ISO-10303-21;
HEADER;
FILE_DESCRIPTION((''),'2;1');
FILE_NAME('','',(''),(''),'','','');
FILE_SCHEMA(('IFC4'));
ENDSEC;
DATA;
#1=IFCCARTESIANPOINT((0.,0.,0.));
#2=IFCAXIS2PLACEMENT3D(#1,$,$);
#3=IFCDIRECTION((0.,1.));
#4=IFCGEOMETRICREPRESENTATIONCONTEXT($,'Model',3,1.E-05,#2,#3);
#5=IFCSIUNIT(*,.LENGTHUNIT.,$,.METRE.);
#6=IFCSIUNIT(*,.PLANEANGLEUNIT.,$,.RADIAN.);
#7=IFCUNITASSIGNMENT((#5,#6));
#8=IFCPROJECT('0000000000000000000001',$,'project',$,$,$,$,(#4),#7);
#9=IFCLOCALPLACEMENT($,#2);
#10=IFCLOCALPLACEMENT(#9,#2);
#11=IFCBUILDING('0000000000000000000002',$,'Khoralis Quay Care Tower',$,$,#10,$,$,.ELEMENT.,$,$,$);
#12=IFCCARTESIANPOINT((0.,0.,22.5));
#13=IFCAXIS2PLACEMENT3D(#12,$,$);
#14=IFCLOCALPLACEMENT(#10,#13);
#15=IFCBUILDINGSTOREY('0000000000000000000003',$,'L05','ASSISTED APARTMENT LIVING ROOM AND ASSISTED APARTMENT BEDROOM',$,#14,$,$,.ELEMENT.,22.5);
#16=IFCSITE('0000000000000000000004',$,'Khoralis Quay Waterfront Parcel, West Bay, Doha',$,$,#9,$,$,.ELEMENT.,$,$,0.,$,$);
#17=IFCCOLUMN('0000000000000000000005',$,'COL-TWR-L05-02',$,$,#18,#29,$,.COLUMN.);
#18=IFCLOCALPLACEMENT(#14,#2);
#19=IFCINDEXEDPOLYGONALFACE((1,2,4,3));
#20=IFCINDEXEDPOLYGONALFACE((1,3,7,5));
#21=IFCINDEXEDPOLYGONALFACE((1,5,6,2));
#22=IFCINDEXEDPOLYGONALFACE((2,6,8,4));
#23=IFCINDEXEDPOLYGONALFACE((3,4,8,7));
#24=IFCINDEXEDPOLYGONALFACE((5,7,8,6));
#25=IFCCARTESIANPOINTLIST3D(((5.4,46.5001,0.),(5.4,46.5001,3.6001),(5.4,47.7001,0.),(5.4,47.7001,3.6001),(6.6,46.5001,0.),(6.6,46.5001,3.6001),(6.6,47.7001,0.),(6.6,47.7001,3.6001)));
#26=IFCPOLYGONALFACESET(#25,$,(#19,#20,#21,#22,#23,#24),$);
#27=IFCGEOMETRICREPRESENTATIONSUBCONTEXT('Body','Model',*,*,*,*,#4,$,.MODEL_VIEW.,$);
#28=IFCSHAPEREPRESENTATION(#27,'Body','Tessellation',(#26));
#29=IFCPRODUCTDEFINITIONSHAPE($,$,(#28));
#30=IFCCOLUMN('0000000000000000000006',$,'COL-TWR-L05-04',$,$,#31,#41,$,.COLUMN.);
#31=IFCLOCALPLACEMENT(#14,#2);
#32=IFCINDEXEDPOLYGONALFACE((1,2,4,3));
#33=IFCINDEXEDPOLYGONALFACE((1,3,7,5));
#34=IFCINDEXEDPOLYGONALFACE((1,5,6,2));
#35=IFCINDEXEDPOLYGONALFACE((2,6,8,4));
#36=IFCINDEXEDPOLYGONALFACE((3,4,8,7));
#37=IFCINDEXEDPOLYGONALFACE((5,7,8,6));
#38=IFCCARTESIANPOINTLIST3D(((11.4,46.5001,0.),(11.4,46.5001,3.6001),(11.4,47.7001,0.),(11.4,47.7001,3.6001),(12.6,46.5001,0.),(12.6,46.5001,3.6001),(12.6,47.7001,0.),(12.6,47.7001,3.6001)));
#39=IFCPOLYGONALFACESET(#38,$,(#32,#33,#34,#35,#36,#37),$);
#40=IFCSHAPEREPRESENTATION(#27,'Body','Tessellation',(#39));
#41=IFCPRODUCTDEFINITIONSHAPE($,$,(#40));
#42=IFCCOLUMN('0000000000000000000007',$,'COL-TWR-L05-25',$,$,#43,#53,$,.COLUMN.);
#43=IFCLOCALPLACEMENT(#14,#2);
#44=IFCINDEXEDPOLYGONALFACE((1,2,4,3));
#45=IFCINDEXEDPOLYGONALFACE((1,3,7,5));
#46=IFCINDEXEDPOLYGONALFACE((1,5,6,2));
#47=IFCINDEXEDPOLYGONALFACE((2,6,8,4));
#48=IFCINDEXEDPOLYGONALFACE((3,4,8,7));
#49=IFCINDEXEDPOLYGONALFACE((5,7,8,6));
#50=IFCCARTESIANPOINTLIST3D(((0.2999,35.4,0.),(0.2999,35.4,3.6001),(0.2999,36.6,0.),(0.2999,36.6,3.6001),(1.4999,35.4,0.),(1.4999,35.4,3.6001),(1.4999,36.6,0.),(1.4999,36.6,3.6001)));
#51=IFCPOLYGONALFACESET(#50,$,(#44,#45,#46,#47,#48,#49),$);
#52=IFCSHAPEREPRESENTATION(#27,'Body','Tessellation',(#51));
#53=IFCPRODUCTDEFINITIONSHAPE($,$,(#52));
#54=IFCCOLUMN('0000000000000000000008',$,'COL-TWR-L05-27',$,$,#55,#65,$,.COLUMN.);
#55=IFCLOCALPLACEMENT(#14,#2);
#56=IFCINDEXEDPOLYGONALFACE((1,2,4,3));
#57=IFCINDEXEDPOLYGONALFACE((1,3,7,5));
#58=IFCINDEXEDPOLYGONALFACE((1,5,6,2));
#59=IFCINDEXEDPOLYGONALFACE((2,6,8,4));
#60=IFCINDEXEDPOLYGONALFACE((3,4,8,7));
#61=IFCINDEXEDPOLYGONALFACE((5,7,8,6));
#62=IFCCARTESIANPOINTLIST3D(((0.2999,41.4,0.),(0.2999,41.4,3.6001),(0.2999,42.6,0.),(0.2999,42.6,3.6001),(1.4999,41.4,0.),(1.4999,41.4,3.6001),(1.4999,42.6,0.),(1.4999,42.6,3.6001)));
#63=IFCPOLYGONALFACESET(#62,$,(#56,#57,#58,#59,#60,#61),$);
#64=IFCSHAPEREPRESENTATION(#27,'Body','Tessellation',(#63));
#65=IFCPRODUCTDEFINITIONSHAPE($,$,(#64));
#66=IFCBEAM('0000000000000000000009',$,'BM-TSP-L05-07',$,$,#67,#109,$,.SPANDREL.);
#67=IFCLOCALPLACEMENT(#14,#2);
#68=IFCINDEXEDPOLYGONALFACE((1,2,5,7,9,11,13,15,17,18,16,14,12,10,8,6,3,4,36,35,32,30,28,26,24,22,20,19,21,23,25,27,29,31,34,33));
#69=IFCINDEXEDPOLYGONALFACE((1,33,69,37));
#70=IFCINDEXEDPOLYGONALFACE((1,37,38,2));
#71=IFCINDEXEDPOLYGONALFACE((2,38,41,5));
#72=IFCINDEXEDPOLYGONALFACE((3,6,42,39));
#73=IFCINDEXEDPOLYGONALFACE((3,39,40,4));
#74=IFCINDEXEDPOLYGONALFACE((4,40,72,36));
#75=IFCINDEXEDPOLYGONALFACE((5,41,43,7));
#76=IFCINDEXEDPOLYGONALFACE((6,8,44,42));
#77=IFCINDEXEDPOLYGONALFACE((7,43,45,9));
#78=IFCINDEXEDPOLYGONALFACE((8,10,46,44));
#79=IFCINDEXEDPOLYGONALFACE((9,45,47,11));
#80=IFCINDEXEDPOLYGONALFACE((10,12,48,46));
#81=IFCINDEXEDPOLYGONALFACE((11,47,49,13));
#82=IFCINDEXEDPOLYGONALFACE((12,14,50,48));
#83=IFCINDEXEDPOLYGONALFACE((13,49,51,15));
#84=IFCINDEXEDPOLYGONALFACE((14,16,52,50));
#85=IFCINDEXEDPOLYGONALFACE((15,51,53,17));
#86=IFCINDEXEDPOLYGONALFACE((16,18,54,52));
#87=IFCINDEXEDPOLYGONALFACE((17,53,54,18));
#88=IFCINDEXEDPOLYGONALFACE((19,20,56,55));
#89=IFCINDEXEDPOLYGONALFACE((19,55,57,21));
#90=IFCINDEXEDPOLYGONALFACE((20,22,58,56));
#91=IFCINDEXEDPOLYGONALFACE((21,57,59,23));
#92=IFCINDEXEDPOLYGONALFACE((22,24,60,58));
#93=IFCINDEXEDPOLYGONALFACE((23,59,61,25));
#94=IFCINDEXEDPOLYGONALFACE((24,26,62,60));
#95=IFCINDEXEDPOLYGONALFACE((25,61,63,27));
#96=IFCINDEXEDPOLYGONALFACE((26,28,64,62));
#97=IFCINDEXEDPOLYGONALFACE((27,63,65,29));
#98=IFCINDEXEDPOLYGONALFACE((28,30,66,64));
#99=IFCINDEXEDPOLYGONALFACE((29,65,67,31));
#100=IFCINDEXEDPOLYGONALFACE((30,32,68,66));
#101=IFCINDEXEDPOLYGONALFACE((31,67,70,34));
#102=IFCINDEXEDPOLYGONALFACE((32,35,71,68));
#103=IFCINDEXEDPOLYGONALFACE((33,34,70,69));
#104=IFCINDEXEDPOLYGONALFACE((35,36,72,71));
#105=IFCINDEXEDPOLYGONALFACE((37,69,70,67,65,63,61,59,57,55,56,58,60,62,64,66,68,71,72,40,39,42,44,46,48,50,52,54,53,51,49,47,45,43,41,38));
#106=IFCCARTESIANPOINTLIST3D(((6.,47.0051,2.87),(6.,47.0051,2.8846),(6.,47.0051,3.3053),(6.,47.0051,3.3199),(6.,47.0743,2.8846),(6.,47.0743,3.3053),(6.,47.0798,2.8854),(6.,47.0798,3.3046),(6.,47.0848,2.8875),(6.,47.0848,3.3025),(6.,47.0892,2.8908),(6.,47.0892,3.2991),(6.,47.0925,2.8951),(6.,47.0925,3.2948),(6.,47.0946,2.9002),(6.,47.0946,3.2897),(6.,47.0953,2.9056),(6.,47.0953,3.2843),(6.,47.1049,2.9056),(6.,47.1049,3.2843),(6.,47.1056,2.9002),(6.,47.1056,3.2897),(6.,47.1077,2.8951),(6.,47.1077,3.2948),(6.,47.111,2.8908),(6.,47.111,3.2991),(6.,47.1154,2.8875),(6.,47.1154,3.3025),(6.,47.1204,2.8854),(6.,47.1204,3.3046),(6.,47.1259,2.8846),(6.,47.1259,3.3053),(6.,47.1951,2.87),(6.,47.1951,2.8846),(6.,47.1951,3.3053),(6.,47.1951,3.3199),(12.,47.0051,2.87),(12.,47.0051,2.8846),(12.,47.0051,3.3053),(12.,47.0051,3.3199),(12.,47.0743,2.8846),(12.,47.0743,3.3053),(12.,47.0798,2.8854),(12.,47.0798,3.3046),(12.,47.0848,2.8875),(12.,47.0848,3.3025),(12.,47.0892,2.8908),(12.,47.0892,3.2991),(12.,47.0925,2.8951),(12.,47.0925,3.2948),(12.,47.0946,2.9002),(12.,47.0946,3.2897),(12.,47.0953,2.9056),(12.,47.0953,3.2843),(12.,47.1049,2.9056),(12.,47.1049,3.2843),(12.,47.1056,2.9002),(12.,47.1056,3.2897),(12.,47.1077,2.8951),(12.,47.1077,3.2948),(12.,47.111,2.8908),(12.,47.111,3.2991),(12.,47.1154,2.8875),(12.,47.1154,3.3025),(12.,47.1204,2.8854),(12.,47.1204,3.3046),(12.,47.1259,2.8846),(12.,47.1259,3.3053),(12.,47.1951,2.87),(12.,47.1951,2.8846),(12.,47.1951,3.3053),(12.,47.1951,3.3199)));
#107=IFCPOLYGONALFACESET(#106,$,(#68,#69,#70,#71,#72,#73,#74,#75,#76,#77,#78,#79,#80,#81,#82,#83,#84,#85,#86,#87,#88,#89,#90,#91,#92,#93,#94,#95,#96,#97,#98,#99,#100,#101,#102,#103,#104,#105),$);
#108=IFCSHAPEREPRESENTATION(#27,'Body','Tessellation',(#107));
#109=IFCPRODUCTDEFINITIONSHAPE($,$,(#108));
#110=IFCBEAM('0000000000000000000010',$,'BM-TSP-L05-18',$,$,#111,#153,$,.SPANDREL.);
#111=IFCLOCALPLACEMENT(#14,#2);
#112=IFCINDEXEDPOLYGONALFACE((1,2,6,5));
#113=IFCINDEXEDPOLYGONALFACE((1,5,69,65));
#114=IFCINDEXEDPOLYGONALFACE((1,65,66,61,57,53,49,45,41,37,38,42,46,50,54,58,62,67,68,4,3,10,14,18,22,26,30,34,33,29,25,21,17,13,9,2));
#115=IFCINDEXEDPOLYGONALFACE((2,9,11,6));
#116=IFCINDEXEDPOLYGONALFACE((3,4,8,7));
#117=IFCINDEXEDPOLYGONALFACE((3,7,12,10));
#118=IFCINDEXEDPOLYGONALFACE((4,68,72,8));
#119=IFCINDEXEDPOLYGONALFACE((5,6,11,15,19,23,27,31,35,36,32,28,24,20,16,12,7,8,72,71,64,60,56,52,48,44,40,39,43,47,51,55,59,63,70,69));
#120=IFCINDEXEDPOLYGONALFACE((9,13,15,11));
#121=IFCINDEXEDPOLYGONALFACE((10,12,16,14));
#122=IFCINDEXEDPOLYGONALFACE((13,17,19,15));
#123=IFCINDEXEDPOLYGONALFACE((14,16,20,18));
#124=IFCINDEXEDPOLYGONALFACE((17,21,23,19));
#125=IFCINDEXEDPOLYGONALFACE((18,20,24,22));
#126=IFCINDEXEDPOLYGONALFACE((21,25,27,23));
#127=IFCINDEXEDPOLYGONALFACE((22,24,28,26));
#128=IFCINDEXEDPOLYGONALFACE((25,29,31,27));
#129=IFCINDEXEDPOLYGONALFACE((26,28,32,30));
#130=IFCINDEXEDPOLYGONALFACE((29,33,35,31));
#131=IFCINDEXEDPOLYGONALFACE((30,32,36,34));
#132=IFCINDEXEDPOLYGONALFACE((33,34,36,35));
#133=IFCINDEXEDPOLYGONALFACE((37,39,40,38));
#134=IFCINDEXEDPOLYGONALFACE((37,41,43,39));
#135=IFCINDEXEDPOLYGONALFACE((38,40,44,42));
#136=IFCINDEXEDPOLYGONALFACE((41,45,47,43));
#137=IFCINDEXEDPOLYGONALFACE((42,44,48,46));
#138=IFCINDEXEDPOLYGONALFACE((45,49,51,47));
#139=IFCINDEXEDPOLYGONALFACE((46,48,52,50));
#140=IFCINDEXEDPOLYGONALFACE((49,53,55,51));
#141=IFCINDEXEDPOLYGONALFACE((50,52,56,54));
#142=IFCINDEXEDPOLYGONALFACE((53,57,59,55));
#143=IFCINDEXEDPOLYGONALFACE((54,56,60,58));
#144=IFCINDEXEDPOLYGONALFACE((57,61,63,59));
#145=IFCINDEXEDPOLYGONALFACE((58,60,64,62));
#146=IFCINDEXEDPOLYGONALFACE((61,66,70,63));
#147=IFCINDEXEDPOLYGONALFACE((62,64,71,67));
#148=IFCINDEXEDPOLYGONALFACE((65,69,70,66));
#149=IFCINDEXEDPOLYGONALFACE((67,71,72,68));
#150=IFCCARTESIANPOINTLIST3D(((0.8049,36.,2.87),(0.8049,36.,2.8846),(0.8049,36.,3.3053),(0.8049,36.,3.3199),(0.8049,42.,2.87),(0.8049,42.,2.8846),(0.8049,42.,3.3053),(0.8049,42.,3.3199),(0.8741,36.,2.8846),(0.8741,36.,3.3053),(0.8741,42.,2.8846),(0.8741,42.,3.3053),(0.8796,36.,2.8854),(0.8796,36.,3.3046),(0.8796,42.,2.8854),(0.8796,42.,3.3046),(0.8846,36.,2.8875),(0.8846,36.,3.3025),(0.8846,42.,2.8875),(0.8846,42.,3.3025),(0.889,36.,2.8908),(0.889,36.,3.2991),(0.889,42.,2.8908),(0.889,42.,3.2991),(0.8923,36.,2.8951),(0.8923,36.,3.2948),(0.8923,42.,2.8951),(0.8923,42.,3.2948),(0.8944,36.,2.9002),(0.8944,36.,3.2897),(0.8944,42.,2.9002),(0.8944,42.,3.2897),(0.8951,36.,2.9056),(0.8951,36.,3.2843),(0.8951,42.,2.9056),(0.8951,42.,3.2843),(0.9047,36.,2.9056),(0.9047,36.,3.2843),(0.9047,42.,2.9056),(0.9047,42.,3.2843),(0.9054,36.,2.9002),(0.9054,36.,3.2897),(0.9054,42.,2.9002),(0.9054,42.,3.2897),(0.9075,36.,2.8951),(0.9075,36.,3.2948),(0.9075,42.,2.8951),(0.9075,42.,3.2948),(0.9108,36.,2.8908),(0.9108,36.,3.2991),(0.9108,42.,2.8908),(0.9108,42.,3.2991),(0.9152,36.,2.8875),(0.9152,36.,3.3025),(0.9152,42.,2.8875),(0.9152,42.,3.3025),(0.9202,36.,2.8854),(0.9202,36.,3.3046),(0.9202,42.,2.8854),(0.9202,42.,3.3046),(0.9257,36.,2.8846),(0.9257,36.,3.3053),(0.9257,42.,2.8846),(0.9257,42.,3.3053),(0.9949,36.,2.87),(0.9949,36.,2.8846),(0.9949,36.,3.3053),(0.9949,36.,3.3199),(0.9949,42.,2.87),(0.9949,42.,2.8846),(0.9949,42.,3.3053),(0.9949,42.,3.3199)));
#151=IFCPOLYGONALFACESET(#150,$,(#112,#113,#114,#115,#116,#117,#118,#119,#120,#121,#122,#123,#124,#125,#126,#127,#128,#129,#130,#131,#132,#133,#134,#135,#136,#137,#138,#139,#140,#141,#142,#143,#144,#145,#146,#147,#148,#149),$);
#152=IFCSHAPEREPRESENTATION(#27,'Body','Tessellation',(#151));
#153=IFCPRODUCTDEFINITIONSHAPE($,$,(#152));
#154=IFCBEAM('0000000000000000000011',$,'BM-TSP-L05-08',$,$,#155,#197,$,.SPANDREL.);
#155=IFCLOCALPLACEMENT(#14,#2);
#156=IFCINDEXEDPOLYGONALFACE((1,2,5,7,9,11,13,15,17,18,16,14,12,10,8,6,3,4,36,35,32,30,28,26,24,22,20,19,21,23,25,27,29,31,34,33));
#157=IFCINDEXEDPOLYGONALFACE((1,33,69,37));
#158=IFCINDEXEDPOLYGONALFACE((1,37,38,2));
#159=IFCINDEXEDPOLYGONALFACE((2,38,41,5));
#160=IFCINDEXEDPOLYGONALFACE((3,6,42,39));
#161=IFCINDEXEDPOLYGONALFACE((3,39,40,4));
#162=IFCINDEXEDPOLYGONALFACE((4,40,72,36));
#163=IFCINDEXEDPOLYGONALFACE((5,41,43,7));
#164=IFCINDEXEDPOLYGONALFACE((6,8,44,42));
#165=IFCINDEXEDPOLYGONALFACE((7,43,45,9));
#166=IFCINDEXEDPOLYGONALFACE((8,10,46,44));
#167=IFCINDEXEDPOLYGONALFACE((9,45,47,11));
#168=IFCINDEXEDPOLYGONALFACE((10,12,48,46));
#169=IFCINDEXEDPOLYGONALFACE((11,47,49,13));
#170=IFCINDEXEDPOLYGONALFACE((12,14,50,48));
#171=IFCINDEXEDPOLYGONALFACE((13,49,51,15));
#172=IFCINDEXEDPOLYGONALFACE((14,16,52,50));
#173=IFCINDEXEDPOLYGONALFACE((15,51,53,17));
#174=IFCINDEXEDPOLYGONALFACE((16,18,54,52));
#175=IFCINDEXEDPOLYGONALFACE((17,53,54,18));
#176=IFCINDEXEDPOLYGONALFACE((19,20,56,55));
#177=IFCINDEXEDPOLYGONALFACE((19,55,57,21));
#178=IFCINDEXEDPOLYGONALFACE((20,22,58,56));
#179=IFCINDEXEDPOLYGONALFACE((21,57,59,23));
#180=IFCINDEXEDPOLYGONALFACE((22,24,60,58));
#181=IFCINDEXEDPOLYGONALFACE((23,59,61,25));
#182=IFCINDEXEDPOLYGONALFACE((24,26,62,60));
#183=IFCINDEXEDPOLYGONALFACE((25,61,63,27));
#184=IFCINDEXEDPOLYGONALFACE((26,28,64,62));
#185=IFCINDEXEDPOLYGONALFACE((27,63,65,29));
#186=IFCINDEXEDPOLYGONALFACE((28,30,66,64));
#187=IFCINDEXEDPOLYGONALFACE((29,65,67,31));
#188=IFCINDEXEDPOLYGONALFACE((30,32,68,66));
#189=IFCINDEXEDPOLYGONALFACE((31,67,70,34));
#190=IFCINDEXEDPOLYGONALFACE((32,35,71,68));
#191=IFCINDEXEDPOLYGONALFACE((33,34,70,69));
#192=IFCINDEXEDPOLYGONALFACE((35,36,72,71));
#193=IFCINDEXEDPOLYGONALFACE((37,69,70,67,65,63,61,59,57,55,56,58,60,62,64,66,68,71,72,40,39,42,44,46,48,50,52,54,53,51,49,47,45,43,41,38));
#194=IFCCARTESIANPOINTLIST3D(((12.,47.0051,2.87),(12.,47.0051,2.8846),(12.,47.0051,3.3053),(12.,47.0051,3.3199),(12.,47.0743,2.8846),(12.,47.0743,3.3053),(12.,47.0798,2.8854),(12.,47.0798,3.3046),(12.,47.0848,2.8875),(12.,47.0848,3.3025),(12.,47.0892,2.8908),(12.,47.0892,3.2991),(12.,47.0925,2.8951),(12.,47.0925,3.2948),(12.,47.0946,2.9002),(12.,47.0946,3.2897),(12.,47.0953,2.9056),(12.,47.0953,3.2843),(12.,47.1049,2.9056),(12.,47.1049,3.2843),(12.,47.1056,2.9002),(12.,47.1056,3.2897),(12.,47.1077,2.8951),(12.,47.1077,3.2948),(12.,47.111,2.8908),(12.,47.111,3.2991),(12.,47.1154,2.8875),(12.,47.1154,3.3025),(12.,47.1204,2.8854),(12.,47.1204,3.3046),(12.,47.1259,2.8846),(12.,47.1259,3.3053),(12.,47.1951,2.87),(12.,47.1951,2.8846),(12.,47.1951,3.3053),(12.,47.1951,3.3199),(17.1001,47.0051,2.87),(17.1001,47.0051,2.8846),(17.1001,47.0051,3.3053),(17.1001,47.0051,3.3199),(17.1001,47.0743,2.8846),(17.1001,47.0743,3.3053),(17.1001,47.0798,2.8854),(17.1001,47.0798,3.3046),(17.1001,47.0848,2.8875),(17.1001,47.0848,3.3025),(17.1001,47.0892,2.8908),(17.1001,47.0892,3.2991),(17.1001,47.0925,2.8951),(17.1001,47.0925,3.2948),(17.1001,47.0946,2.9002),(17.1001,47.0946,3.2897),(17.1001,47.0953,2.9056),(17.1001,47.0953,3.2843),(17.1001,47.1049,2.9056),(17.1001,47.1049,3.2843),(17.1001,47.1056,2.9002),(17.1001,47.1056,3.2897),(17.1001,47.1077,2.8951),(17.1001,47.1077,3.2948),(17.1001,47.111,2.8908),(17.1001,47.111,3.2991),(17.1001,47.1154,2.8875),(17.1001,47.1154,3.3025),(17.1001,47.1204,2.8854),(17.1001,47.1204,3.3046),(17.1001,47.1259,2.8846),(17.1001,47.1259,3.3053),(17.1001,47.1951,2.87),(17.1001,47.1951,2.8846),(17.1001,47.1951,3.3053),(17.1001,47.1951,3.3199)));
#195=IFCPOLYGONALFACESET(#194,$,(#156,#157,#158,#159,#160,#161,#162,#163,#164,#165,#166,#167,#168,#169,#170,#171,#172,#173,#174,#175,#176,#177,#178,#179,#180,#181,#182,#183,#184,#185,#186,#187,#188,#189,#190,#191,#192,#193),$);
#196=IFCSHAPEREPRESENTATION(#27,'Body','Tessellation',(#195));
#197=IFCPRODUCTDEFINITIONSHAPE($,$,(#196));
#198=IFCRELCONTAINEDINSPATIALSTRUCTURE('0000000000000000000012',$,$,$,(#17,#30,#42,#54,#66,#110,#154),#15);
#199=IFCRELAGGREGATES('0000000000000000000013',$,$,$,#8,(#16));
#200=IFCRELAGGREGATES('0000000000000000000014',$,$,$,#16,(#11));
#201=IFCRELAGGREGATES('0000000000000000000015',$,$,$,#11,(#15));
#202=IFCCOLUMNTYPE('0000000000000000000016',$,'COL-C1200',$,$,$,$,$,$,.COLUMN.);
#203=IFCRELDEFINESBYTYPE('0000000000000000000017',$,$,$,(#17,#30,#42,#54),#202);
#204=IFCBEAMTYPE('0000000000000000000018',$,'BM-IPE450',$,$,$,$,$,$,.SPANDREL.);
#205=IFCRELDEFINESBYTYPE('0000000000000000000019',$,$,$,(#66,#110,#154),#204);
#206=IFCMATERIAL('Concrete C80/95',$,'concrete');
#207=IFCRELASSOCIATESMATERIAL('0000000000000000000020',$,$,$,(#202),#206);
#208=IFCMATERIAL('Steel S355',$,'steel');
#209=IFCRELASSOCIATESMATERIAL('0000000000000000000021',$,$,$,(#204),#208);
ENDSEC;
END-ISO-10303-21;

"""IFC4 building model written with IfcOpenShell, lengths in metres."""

from ifc_helpers import new_model, si_unit, direction, frame, origin, origin_2d, place, context, subcontext, project, spatial, rectangle, i_section, extrude, source, transform, mapped, material, material_profile, profile_set, type_object, element, save


model = new_model("IFC4")

# Units and contexts
model_context = context("Model", 3, precision=1e-05, world=origin(), true_north=direction((0.0, 1.0)))
body_context = subcontext(model_context, "Body", "Model", "MODEL_VIEW")
ifc_project = project(units=[si_unit("LENGTHUNIT", "METRE"), si_unit("PLANEANGLEUNIT", "RADIAN")], contexts=[model_context])

# Site, building, storey
site_placement = place(None, origin())
site = spatial("IfcSite", under=ifc_project, at=site_placement, Name="Khoralis Quay Waterfront Parcel, West Bay, Doha", CompositionType="ELEMENT", RefElevation=0.0)
building_placement = place(site_placement, origin())
building = spatial("IfcBuilding", under=site, at=building_placement, Name="Khoralis Quay Care Tower", CompositionType="ELEMENT")
storey_placement = place(building_placement, frame((0.0, 0.0, 22.5)))
storey = spatial("IfcBuildingStorey", under=building, at=storey_placement, Name="L05", Description="ASSISTED APARTMENT LIVING ROOM AND ASSISTED APARTMENT BEDROOM", CompositionType="ELEMENT", Elevation=22.5)

# Columns
ifc_material_1 = material(Name="Concrete C80/95", Category="concrete")
ifc_material_profile_1 = material_profile(ifc_material_1, rectangle(XDim=1.2, YDim=1.2, at=origin_2d()), Name="Concrete C80/95")
ifc_profile_set_1 = profile_set([ifc_material_profile_1], Name="Concrete C80/95")
column_type = type_object("IfcColumnType", Name="COL-C1200", PredefinedType="COLUMN", material=ifc_profile_set_1)
shared_shape_1 = source(origin(), body_context, "Body", "SweptSolid", [
    extrude(rectangle(XDim=1.2, YDim=1.2, at=origin_2d()), origin(), (0.0, 0.0, 1.0), 3.6001),
])
for number, where, z_axis, x_axis, name in (
    (1, (6.0, 47.1001, 0.0), (0.0, 0.0, 1.0), (1.0, 0.0, 0.0), "COL-TWR-L05-02"),
    (2, (12.0, 47.1001, 0.0), (0.0, 0.0, 1.0), (1.0, 0.0, 0.0), "COL-TWR-L05-04"),
    (3, (0.8999, 36.0, 0.0), (0.0, 0.0, 1.0), (1.0, 0.0, 0.0), "COL-TWR-L05-25"),
    (4, (0.8999, 42.0, 0.0), (0.0, 0.0, 1.0), (1.0, 0.0, 0.0), "COL-TWR-L05-27"),
):
    element("IfcColumn", number, at=place(storey_placement, frame(where, z_axis=z_axis, x_axis=x_axis)), inside=storey, type_object=column_type, Name=name, PredefinedType="COLUMN", context=body_context, shape_type="MappedRepresentation", body=[
        mapped(shared_shape_1, transform((0.0, 0.0, 0.0), scale=1.0)),
    ])

# Beams
ifc_material_2 = material(Name="Steel S355", Category="steel")
ifc_material_profile_2 = material_profile(ifc_material_2, i_section(OverallWidth=0.1899, OverallDepth=0.45, WebThickness=0.0095, FlangeThickness=0.0146, FilletRadius=0.021, at=origin_2d()), Name="Steel S355")
ifc_profile_set_2 = profile_set([ifc_material_profile_2], Name="Steel S355")
beam_type_1 = type_object("IfcBeamType", Name="BM-IPE450", PredefinedType="SPANDREL", material=ifc_profile_set_2)
shared_shape_2 = source(origin(), body_context, "Body", "SweptSolid", [
    extrude(i_section(OverallWidth=0.1899, OverallDepth=0.45, WebThickness=0.0095, FlangeThickness=0.0146, FilletRadius=0.021, at=origin_2d()), origin(), (0.0, 0.0, 1.0), 6.0),
])
for number, where, z_axis, x_axis, name in (
    (5, (6.0, 47.1001, 3.095), (1.0, 0.0, 0.0), (0.0, 1.0, 0.0), "BM-TSP-L05-07"),
    (6, (0.8999, 36.0, 3.095), (0.0, 1.0, 0.0), (-1.0, 0.0, 0.0), "BM-TSP-L05-18"),
):
    element("IfcBeam", number, at=place(storey_placement, frame(where, z_axis=z_axis, x_axis=x_axis)), inside=storey, type_object=beam_type_1, Name=name, PredefinedType="SPANDREL", context=body_context, shape_type="MappedRepresentation", body=[
        mapped(shared_shape_2, transform((0.0, 0.0, 0.0), scale=1.0)),
    ])
shared_shape_3 = source(origin(), body_context, "Body", "SweptSolid", [
    extrude(i_section(OverallWidth=0.1899, OverallDepth=0.45, WebThickness=0.0095, FlangeThickness=0.0146, FilletRadius=0.021, at=origin_2d()), origin(), (0.0, 0.0, 1.0), 5.1001),
])
beam_1_placement = place(storey_placement, frame((12.0, 47.1001, 3.095), z_axis=(1.0, 0.0, 0.0), x_axis=(0.0, 1.0, 0.0)))
element("IfcBeam", 7, at=beam_1_placement, inside=storey, type_object=beam_type_1, Name="BM-TSP-L05-08", PredefinedType="SPANDREL", context=body_context, shape_type="MappedRepresentation", body=[
    mapped(shared_shape_3, transform((0.0, 0.0, 0.0), scale=1.0)),
])

save(model, "model.ifc")
